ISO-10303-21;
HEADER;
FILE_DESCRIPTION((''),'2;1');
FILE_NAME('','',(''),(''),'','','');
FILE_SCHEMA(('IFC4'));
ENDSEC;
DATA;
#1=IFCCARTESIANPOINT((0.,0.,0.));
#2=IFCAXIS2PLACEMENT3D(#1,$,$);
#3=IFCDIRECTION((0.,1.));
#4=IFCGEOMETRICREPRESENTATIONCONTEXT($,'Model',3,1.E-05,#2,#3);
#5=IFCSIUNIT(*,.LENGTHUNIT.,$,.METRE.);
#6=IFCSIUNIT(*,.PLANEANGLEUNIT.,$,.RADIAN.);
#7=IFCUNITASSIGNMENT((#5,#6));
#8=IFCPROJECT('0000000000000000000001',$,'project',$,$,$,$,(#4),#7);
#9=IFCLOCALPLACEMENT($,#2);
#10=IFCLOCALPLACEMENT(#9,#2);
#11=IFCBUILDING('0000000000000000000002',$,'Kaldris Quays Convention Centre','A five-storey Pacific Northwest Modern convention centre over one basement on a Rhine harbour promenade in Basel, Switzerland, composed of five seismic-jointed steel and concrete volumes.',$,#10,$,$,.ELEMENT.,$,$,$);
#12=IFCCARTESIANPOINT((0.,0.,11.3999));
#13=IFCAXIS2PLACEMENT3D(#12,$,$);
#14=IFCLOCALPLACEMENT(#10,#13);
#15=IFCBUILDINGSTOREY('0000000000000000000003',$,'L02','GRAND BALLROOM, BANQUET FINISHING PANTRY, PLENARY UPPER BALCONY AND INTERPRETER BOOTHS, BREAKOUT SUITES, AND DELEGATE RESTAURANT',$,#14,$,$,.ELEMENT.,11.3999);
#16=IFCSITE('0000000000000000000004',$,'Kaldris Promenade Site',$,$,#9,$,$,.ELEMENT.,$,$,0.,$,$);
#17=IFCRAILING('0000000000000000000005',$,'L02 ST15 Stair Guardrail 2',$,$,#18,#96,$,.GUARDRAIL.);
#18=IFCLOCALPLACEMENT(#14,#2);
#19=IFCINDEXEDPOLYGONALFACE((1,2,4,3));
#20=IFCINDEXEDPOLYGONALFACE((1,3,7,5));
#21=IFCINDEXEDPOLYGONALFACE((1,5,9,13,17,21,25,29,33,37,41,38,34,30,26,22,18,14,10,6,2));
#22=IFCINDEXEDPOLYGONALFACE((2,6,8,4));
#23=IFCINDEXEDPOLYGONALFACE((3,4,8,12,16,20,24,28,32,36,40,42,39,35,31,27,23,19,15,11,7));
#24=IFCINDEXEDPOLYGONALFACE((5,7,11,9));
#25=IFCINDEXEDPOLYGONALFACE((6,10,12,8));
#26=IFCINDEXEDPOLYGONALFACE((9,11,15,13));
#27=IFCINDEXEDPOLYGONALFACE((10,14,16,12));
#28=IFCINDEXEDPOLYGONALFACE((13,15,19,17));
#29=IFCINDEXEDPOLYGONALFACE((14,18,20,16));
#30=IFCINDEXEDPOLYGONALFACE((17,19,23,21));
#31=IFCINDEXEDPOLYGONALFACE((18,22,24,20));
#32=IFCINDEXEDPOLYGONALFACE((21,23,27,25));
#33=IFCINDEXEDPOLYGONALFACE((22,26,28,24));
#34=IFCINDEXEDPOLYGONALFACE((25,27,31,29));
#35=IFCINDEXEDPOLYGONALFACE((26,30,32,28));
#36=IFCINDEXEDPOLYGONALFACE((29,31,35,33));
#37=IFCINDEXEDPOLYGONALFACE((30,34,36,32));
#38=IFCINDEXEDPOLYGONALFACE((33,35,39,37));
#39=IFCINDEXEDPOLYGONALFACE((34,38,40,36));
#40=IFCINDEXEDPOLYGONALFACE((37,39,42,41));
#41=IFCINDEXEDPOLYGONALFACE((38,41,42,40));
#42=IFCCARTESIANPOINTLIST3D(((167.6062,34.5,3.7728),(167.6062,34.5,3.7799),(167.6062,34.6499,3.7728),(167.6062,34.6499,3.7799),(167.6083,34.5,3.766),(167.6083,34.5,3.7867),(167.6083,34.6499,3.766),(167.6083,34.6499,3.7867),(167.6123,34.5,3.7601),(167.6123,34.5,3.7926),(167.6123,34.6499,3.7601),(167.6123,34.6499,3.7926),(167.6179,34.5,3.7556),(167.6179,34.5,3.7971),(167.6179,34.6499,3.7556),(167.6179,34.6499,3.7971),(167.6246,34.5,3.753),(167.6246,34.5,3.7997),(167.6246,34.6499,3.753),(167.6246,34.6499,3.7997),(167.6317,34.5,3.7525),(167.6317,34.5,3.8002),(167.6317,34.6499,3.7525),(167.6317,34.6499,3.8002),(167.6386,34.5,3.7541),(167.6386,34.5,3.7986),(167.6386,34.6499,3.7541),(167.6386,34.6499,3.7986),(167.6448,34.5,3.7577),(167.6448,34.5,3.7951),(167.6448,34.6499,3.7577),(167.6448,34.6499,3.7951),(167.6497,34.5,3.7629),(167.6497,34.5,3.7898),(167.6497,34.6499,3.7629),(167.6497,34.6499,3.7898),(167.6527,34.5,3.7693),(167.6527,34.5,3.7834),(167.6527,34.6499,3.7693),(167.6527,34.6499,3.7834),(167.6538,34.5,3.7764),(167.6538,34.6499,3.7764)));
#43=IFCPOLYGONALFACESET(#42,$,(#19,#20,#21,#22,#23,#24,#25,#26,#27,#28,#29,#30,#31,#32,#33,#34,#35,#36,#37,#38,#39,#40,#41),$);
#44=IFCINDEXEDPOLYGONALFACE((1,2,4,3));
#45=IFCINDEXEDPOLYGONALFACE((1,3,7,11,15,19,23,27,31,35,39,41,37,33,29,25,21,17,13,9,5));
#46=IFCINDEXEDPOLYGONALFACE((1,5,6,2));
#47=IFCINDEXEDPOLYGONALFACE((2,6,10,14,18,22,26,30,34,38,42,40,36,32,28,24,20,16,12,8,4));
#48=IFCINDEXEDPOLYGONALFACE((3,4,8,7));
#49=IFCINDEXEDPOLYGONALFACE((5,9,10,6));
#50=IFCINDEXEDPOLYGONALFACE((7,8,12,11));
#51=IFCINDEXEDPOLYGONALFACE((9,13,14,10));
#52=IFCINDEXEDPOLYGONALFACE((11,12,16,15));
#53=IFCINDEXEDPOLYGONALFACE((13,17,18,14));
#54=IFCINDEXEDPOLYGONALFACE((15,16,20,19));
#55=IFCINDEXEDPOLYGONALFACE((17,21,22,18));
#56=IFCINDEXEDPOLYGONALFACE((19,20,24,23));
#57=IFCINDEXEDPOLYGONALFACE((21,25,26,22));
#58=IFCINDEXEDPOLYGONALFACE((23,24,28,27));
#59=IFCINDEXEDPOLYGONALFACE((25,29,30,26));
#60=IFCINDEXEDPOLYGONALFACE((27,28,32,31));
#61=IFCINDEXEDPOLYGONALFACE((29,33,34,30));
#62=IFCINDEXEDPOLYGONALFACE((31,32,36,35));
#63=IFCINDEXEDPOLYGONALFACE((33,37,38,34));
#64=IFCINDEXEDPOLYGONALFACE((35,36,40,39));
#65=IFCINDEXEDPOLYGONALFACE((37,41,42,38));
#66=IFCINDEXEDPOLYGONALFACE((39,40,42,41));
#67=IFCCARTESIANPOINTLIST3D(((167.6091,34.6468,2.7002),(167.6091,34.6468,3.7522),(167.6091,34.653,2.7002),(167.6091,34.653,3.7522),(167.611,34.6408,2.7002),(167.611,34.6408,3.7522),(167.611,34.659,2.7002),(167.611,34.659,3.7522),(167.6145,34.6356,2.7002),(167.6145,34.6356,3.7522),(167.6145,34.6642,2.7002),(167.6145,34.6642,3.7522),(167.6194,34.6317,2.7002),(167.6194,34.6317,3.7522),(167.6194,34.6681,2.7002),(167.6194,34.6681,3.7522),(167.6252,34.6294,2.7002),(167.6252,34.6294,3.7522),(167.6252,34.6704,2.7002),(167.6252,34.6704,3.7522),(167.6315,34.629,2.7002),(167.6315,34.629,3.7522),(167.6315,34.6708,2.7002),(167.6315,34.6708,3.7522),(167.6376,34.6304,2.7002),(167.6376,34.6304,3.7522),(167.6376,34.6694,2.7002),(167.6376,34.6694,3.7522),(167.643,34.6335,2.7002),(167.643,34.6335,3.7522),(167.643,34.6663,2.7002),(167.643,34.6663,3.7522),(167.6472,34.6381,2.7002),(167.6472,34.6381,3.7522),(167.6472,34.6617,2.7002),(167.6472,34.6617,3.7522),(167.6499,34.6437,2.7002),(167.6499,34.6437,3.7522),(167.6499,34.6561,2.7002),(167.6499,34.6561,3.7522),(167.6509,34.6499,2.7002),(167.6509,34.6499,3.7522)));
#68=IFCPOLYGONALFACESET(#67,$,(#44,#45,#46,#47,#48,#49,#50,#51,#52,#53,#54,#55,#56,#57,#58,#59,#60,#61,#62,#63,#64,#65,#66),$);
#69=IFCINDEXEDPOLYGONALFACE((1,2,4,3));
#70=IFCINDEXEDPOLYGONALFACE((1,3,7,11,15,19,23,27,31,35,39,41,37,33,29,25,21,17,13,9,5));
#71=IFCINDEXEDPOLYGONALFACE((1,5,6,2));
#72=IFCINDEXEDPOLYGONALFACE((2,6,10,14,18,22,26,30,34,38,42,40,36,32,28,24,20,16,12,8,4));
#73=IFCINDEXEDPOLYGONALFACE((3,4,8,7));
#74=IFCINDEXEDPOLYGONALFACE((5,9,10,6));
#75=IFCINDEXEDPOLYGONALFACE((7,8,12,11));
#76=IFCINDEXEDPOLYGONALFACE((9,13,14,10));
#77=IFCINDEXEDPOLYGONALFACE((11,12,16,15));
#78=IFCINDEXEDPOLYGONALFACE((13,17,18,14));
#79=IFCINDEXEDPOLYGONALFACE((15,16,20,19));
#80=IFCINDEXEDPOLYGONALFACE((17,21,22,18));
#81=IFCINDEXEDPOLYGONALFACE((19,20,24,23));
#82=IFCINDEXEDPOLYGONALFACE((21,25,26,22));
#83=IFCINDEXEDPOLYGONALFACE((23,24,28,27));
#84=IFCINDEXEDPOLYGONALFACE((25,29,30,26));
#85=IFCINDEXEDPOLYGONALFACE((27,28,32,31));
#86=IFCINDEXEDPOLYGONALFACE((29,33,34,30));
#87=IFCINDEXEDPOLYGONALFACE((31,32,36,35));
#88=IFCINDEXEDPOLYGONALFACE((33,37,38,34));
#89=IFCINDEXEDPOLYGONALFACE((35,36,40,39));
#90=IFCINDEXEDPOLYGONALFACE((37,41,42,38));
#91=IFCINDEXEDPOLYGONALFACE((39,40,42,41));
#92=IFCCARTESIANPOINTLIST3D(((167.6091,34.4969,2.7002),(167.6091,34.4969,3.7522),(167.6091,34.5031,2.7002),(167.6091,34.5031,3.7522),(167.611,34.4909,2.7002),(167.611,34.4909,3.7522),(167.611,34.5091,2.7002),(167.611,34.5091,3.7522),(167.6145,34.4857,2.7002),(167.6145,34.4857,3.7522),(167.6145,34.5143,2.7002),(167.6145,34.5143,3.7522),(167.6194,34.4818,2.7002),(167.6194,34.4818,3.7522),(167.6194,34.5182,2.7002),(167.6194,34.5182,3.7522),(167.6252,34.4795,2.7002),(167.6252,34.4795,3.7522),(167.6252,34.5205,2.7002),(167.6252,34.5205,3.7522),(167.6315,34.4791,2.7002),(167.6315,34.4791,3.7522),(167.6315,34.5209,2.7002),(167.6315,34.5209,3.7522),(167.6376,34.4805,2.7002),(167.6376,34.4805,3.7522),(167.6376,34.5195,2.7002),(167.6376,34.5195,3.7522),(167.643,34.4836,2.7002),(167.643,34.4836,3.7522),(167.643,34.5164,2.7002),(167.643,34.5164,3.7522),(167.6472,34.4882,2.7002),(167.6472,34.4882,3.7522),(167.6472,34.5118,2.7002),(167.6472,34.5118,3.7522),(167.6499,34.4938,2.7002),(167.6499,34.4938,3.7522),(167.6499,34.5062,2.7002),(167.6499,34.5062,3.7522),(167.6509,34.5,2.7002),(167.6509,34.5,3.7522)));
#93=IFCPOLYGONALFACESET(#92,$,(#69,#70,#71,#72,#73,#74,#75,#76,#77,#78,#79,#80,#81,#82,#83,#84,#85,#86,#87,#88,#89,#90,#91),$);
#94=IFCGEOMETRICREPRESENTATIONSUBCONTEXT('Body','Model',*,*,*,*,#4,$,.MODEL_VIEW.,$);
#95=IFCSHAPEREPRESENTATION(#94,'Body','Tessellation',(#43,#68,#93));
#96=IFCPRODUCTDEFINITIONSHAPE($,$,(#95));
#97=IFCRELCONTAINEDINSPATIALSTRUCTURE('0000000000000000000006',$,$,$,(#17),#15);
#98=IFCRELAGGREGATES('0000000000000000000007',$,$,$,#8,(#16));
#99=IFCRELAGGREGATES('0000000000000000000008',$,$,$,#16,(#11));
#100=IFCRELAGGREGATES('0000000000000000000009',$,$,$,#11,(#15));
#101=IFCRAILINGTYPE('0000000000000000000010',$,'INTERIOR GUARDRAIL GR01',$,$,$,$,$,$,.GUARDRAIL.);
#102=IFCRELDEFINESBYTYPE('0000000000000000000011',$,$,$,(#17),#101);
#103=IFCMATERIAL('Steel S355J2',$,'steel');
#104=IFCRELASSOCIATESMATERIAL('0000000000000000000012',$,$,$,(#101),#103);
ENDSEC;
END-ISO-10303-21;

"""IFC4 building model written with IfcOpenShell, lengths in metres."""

from ifc_helpers import new_model, si_unit, direction, frame, origin, origin_2d, place, context, subcontext, project, spatial, circle, extrude, material, type_object, element, save


model = new_model("IFC4")

# Units and contexts
model_context = context("Model", 3, precision=1e-05, world=origin(), true_north=direction((0.0, 1.0)))
body_context = subcontext(model_context, "Body", "Model", "MODEL_VIEW")
ifc_project = project(units=[si_unit("LENGTHUNIT", "METRE"), si_unit("PLANEANGLEUNIT", "RADIAN")], contexts=[model_context])

# Site, building, storey
site_placement = place(None, origin())
site = spatial("IfcSite", under=ifc_project, at=site_placement, Name="Kaldris Promenade Site", CompositionType="ELEMENT", RefElevation=0.0)
building_placement = place(site_placement, origin())
building = spatial("IfcBuilding", under=site, at=building_placement, Name="Kaldris Quays Convention Centre", Description="A five-storey Pacific Northwest Modern convention centre over one basement on a Rhine harbour promenade in Basel, Switzerland, composed of five seismic-jointed steel and concrete volumes.", CompositionType="ELEMENT")
storey_placement = place(building_placement, frame((0.0, 0.0, 11.3999)))
storey = spatial("IfcBuildingStorey", under=building, at=storey_placement, Name="L02", Description="GRAND BALLROOM, BANQUET FINISHING PANTRY, PLENARY UPPER BALCONY AND INTERPRETER BOOTHS, BREAKOUT SUITES, AND DELEGATE RESTAURANT", CompositionType="ELEMENT", Elevation=11.3999)

# Shared definitions
ifc_material_1 = material(Name="Steel S355J2", Category="steel")

# Railing
railing_type_1 = type_object("IfcRailingType", Name="INTERIOR GUARDRAIL GR01", PredefinedType="GUARDRAIL", material=ifc_material_1)
railing_1_placement = place(storey_placement, frame((167.6299, 34.6499, 2.7002)))
element("IfcRailing", 1, at=railing_1_placement, inside=storey, type_object=railing_type_1, Name="L02 ST15 Stair Guardrail 2", PredefinedType="GUARDRAIL", context=body_context, shape_type="SweptSolid", body=[
    extrude(circle(Radius=0.0239, at=origin_2d()), frame((0.0, 0.0, 1.0762), z_axis=(0.0, -1.0, 0.0), x_axis=(1.0, 0.0, 0.0)), (0.0, 0.0, 1.0), 0.1499),
    extrude(circle(Radius=0.021, at=origin_2d()), origin(), (0.0, 0.0, 1.0), 1.052),
    extrude(circle(Radius=0.021, at=origin_2d()), frame((0.0, -0.1499, 0.0)), (0.0, 0.0, 1.0), 1.052),
])

save(model, "model.ifc")
